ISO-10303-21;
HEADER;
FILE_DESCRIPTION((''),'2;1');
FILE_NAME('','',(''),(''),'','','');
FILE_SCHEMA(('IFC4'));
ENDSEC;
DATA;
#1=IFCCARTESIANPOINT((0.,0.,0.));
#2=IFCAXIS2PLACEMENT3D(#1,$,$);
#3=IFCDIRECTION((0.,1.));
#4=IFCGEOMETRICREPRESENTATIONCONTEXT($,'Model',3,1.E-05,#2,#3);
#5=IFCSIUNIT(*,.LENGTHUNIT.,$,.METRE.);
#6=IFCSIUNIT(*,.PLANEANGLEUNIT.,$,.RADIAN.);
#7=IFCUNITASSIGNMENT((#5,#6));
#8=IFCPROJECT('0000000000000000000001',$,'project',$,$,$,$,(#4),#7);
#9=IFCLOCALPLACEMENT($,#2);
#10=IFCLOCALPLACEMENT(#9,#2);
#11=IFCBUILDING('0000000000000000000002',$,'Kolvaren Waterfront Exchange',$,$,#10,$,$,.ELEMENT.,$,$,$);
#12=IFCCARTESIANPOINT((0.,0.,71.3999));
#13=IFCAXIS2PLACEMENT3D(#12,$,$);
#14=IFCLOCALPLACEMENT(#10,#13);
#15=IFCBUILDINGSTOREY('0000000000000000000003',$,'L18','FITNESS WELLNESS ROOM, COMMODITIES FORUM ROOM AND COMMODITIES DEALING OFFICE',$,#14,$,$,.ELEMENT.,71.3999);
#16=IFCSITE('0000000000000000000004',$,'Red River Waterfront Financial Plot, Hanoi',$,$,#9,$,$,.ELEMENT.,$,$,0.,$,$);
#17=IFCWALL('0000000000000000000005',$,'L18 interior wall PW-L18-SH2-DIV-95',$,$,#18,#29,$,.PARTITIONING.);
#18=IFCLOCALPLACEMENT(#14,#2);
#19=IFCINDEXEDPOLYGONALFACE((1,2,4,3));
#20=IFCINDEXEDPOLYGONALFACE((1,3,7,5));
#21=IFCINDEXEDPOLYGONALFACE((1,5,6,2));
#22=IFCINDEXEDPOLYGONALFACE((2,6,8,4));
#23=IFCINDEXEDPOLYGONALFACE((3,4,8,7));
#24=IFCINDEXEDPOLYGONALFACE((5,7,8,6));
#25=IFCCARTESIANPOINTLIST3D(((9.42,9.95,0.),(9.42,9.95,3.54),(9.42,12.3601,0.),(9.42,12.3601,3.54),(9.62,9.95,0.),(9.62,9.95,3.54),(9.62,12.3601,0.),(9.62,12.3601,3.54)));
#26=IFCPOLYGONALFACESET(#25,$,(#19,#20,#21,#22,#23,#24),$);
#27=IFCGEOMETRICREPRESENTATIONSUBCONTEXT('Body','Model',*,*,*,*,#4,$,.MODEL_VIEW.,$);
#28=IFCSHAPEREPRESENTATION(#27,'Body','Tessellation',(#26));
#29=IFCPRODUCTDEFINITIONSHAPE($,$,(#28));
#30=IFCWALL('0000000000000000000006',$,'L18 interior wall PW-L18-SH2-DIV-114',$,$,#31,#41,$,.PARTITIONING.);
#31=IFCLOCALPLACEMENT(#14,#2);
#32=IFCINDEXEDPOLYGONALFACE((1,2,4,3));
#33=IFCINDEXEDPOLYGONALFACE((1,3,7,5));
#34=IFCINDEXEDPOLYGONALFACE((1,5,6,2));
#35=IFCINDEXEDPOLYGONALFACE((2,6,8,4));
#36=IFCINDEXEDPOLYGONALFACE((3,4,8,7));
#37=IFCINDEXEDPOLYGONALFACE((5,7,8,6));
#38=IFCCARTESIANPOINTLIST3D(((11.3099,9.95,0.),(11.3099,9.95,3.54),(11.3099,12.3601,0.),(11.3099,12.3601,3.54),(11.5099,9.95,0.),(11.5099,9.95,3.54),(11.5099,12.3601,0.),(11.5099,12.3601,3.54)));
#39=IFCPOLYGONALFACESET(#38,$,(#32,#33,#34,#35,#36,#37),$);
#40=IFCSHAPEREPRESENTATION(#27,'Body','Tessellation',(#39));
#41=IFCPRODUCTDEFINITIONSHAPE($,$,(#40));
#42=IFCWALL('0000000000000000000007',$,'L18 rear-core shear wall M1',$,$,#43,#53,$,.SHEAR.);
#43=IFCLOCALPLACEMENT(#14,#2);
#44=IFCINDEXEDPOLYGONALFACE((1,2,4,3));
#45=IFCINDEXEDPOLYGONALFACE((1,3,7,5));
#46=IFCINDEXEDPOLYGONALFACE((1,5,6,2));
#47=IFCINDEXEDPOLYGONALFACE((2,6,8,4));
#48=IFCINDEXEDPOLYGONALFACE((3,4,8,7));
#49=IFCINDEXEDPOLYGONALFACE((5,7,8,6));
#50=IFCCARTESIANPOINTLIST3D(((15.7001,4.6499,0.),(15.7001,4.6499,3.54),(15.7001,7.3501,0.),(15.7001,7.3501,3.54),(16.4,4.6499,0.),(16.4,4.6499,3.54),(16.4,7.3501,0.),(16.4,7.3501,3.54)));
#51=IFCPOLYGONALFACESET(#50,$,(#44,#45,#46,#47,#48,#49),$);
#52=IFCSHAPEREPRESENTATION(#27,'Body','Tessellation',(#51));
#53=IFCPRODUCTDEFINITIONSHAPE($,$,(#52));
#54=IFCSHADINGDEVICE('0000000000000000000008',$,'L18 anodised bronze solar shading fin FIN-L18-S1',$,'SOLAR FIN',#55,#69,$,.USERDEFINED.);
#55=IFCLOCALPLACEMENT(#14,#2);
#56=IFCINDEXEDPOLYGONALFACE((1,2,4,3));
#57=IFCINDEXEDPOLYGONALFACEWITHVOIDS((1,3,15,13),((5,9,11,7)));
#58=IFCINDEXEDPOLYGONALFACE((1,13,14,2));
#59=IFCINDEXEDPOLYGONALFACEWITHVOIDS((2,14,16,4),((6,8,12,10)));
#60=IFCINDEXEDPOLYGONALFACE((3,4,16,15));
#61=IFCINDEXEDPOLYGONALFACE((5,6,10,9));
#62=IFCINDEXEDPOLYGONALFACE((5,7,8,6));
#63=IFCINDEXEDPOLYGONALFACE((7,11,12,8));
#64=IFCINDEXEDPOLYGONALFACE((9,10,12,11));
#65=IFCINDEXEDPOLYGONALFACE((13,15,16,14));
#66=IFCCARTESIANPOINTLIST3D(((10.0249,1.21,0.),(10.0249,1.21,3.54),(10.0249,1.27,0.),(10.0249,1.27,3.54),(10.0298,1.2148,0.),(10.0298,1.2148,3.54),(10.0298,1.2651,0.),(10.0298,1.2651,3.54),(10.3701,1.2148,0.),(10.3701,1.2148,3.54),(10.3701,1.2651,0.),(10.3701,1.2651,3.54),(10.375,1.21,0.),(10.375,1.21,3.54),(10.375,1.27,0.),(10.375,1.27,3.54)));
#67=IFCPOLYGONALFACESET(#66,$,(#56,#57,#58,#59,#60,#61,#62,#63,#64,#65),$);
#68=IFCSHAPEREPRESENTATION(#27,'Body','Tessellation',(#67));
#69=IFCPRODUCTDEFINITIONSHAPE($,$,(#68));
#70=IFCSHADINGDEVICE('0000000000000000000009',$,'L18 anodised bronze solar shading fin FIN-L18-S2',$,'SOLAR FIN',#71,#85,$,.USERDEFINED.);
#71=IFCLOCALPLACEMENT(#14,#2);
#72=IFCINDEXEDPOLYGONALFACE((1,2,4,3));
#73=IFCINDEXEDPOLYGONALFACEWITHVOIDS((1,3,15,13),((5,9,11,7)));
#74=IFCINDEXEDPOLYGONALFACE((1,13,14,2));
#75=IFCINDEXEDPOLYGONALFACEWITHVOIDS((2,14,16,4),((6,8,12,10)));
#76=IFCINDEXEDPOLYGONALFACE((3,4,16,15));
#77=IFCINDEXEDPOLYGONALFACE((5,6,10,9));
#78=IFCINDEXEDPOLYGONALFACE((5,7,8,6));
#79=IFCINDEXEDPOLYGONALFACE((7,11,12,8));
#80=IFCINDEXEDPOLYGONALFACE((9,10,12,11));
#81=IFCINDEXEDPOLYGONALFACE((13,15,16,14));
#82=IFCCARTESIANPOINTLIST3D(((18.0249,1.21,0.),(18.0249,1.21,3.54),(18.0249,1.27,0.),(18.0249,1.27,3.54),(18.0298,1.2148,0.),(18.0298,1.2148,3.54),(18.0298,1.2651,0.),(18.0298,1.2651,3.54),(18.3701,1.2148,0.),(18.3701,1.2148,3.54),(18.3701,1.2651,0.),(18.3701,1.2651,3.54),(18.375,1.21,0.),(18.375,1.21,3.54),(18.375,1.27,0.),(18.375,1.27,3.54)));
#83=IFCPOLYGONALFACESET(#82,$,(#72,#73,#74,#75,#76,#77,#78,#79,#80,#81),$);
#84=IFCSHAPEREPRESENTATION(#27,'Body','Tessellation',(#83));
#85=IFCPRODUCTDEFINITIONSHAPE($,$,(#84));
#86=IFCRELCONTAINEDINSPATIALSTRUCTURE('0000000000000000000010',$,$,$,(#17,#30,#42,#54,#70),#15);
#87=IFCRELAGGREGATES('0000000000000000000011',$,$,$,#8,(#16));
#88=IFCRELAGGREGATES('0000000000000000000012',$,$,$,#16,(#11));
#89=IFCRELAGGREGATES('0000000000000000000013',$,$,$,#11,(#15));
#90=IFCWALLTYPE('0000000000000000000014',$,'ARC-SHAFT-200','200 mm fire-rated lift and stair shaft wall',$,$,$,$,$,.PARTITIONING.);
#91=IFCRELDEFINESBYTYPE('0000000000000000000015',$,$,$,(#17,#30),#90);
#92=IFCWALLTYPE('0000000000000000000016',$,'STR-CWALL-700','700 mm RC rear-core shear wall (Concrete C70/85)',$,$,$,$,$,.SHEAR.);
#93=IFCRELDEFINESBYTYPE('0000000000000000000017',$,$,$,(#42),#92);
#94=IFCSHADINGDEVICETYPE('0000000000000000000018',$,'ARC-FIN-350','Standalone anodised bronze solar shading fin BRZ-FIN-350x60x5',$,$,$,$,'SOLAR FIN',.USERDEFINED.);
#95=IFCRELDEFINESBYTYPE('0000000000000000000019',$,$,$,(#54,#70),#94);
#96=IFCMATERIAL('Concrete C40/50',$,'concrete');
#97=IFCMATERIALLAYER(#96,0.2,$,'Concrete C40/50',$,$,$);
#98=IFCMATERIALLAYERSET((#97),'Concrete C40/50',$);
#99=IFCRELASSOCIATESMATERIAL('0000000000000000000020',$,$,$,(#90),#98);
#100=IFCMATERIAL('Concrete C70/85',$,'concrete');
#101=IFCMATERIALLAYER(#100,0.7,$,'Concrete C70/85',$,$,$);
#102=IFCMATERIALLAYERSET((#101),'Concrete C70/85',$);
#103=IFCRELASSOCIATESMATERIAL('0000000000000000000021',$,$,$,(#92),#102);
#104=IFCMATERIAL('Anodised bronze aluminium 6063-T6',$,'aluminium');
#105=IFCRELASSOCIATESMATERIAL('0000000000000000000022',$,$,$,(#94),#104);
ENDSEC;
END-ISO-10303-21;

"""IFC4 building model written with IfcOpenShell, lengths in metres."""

from ifc_helpers import new_model, si_unit, direction, frame, frame_2d, origin, origin_2d, place, context, subcontext, project, spatial, rectangle, hollow_rectangle, extrude, material, layer, layer_set, material_profile, profile_set, type_object, element, save


model = new_model("IFC4")

# Units and contexts
model_context = context("Model", 3, precision=1e-05, world=origin(), true_north=direction((0.0, 1.0)))
body_context = subcontext(model_context, "Body", "Model", "MODEL_VIEW")
ifc_project = project(units=[si_unit("LENGTHUNIT", "METRE"), si_unit("PLANEANGLEUNIT", "RADIAN")], contexts=[model_context])

# Site, building, storey
site_placement = place(None, origin())
site = spatial("IfcSite", under=ifc_project, at=site_placement, Name="Red River Waterfront Financial Plot, Hanoi", CompositionType="ELEMENT", RefElevation=0.0)
building_placement = place(site_placement, origin())
building = spatial("IfcBuilding", under=site, at=building_placement, Name="Kolvaren Waterfront Exchange", CompositionType="ELEMENT")
storey_placement = place(building_placement, frame((0.0, 0.0, 71.3999)))
storey = spatial("IfcBuildingStorey", under=building, at=storey_placement, Name="L18", Description="FITNESS WELLNESS ROOM, COMMODITIES FORUM ROOM AND COMMODITIES DEALING OFFICE", CompositionType="ELEMENT", Elevation=71.3999)

# Shared definitions
ifc_material_1 = material(Name="Concrete C70/85", Category="concrete")

# Shared definitions
ifc_material_2 = material(Name="Anodised bronze aluminium 6063-T6", Category="aluminium")

# Walls
ifc_material_3 = material(Name="Concrete C40/50", Category="concrete")
ifc_layer_1 = layer(ifc_material_3, 0.2, Name="Concrete C40/50")
ifc_layer_set_1 = layer_set([ifc_layer_1], Name="Concrete C40/50")
wall_type_1 = type_object("IfcWallType", Name="ARC-SHAFT-200", Description="200 mm fire-rated lift and stair shaft wall", PredefinedType="PARTITIONING", material=ifc_layer_set_1)
for number, where, z_axis, x_axis, name in (
    (1, (9.52, 9.95, 0.0), (0.0, 0.0, 1.0), (0.0, 1.0, 0.0), "L18 interior wall PW-L18-SH2-DIV-95"),
    (2, (11.4099, 9.95, 0.0), (0.0, 0.0, 1.0), (0.0, 1.0, 0.0), "L18 interior wall PW-L18-SH2-DIV-114"),
):
    element("IfcWall", number, at=place(storey_placement, frame(where, z_axis=z_axis, x_axis=x_axis)), inside=storey, type_object=wall_type_1, Name=name, PredefinedType="PARTITIONING", context=body_context, shape_type="SweptSolid", body=[
        extrude(rectangle(XDim=2.4102, YDim=0.2, at=frame_2d((1.2051, 0.0))), origin(), (0.0, 0.0, 1.0), 3.54),
    ])
ifc_layer_2 = layer(ifc_material_1, 0.7, Name="Concrete C70/85")
ifc_layer_set_2 = layer_set([ifc_layer_2], Name="Concrete C70/85")
wall_type_2 = type_object("IfcWallType", Name="STR-CWALL-700", Description="700 mm RC rear-core shear wall (Concrete C70/85)", PredefinedType="SHEAR", material=ifc_layer_set_2)
wall_1_placement = place(storey_placement, frame((16.05, 4.6499, 0.0), z_axis=(0.0, 0.0, 1.0), x_axis=(0.0, 1.0, 0.0)))
element("IfcWall", 3, at=wall_1_placement, inside=storey, type_object=wall_type_2, Name="L18 rear-core shear wall M1", PredefinedType="SHEAR", context=body_context, shape_type="SweptSolid", body=[
    extrude(rectangle(XDim=2.7002, YDim=0.7, at=frame_2d((1.3501, 0.0))), origin(), (0.0, 0.0, 1.0), 3.54),
])

# Shading devices
ifc_material_profile_1 = material_profile(ifc_material_2, hollow_rectangle(XDim=0.0601, YDim=0.3501, WallThickness=0.0049, at=origin_2d()), Name="BRZ-FIN-350x60x5")
ifc_profile_set_1 = profile_set([ifc_material_profile_1], Name="Anodised bronze aluminium 6063-T6")
shading_device_type = type_object("IfcShadingDeviceType", Name="ARC-FIN-350", Description="Standalone anodised bronze solar shading fin BRZ-FIN-350x60x5", ElementType="SOLAR FIN", PredefinedType="USERDEFINED", material=ifc_profile_set_1)
for number, where, z_axis, x_axis, name in (
    (4, (10.2, 1.24, 0.0), (0.0, 0.0, 1.0), (0.0, -1.0, 0.0), "L18 anodised bronze solar shading fin FIN-L18-S1"),
    (5, (18.2, 1.24, 0.0), (0.0, 0.0, 1.0), (0.0, -1.0, 0.0), "L18 anodised bronze solar shading fin FIN-L18-S2"),
):
    element("IfcShadingDevice", number, at=place(storey_placement, frame(where, z_axis=z_axis, x_axis=x_axis)), inside=storey, type_object=shading_device_type, Name=name, ObjectType="SOLAR FIN", PredefinedType="USERDEFINED", context=body_context, shape_type="SweptSolid", body=[
        extrude(hollow_rectangle(XDim=0.0601, YDim=0.3501, WallThickness=0.0049, at=origin_2d()), origin(), (0.0, 0.0, 1.0), 3.54),
    ])

save(model, "model.ifc")
